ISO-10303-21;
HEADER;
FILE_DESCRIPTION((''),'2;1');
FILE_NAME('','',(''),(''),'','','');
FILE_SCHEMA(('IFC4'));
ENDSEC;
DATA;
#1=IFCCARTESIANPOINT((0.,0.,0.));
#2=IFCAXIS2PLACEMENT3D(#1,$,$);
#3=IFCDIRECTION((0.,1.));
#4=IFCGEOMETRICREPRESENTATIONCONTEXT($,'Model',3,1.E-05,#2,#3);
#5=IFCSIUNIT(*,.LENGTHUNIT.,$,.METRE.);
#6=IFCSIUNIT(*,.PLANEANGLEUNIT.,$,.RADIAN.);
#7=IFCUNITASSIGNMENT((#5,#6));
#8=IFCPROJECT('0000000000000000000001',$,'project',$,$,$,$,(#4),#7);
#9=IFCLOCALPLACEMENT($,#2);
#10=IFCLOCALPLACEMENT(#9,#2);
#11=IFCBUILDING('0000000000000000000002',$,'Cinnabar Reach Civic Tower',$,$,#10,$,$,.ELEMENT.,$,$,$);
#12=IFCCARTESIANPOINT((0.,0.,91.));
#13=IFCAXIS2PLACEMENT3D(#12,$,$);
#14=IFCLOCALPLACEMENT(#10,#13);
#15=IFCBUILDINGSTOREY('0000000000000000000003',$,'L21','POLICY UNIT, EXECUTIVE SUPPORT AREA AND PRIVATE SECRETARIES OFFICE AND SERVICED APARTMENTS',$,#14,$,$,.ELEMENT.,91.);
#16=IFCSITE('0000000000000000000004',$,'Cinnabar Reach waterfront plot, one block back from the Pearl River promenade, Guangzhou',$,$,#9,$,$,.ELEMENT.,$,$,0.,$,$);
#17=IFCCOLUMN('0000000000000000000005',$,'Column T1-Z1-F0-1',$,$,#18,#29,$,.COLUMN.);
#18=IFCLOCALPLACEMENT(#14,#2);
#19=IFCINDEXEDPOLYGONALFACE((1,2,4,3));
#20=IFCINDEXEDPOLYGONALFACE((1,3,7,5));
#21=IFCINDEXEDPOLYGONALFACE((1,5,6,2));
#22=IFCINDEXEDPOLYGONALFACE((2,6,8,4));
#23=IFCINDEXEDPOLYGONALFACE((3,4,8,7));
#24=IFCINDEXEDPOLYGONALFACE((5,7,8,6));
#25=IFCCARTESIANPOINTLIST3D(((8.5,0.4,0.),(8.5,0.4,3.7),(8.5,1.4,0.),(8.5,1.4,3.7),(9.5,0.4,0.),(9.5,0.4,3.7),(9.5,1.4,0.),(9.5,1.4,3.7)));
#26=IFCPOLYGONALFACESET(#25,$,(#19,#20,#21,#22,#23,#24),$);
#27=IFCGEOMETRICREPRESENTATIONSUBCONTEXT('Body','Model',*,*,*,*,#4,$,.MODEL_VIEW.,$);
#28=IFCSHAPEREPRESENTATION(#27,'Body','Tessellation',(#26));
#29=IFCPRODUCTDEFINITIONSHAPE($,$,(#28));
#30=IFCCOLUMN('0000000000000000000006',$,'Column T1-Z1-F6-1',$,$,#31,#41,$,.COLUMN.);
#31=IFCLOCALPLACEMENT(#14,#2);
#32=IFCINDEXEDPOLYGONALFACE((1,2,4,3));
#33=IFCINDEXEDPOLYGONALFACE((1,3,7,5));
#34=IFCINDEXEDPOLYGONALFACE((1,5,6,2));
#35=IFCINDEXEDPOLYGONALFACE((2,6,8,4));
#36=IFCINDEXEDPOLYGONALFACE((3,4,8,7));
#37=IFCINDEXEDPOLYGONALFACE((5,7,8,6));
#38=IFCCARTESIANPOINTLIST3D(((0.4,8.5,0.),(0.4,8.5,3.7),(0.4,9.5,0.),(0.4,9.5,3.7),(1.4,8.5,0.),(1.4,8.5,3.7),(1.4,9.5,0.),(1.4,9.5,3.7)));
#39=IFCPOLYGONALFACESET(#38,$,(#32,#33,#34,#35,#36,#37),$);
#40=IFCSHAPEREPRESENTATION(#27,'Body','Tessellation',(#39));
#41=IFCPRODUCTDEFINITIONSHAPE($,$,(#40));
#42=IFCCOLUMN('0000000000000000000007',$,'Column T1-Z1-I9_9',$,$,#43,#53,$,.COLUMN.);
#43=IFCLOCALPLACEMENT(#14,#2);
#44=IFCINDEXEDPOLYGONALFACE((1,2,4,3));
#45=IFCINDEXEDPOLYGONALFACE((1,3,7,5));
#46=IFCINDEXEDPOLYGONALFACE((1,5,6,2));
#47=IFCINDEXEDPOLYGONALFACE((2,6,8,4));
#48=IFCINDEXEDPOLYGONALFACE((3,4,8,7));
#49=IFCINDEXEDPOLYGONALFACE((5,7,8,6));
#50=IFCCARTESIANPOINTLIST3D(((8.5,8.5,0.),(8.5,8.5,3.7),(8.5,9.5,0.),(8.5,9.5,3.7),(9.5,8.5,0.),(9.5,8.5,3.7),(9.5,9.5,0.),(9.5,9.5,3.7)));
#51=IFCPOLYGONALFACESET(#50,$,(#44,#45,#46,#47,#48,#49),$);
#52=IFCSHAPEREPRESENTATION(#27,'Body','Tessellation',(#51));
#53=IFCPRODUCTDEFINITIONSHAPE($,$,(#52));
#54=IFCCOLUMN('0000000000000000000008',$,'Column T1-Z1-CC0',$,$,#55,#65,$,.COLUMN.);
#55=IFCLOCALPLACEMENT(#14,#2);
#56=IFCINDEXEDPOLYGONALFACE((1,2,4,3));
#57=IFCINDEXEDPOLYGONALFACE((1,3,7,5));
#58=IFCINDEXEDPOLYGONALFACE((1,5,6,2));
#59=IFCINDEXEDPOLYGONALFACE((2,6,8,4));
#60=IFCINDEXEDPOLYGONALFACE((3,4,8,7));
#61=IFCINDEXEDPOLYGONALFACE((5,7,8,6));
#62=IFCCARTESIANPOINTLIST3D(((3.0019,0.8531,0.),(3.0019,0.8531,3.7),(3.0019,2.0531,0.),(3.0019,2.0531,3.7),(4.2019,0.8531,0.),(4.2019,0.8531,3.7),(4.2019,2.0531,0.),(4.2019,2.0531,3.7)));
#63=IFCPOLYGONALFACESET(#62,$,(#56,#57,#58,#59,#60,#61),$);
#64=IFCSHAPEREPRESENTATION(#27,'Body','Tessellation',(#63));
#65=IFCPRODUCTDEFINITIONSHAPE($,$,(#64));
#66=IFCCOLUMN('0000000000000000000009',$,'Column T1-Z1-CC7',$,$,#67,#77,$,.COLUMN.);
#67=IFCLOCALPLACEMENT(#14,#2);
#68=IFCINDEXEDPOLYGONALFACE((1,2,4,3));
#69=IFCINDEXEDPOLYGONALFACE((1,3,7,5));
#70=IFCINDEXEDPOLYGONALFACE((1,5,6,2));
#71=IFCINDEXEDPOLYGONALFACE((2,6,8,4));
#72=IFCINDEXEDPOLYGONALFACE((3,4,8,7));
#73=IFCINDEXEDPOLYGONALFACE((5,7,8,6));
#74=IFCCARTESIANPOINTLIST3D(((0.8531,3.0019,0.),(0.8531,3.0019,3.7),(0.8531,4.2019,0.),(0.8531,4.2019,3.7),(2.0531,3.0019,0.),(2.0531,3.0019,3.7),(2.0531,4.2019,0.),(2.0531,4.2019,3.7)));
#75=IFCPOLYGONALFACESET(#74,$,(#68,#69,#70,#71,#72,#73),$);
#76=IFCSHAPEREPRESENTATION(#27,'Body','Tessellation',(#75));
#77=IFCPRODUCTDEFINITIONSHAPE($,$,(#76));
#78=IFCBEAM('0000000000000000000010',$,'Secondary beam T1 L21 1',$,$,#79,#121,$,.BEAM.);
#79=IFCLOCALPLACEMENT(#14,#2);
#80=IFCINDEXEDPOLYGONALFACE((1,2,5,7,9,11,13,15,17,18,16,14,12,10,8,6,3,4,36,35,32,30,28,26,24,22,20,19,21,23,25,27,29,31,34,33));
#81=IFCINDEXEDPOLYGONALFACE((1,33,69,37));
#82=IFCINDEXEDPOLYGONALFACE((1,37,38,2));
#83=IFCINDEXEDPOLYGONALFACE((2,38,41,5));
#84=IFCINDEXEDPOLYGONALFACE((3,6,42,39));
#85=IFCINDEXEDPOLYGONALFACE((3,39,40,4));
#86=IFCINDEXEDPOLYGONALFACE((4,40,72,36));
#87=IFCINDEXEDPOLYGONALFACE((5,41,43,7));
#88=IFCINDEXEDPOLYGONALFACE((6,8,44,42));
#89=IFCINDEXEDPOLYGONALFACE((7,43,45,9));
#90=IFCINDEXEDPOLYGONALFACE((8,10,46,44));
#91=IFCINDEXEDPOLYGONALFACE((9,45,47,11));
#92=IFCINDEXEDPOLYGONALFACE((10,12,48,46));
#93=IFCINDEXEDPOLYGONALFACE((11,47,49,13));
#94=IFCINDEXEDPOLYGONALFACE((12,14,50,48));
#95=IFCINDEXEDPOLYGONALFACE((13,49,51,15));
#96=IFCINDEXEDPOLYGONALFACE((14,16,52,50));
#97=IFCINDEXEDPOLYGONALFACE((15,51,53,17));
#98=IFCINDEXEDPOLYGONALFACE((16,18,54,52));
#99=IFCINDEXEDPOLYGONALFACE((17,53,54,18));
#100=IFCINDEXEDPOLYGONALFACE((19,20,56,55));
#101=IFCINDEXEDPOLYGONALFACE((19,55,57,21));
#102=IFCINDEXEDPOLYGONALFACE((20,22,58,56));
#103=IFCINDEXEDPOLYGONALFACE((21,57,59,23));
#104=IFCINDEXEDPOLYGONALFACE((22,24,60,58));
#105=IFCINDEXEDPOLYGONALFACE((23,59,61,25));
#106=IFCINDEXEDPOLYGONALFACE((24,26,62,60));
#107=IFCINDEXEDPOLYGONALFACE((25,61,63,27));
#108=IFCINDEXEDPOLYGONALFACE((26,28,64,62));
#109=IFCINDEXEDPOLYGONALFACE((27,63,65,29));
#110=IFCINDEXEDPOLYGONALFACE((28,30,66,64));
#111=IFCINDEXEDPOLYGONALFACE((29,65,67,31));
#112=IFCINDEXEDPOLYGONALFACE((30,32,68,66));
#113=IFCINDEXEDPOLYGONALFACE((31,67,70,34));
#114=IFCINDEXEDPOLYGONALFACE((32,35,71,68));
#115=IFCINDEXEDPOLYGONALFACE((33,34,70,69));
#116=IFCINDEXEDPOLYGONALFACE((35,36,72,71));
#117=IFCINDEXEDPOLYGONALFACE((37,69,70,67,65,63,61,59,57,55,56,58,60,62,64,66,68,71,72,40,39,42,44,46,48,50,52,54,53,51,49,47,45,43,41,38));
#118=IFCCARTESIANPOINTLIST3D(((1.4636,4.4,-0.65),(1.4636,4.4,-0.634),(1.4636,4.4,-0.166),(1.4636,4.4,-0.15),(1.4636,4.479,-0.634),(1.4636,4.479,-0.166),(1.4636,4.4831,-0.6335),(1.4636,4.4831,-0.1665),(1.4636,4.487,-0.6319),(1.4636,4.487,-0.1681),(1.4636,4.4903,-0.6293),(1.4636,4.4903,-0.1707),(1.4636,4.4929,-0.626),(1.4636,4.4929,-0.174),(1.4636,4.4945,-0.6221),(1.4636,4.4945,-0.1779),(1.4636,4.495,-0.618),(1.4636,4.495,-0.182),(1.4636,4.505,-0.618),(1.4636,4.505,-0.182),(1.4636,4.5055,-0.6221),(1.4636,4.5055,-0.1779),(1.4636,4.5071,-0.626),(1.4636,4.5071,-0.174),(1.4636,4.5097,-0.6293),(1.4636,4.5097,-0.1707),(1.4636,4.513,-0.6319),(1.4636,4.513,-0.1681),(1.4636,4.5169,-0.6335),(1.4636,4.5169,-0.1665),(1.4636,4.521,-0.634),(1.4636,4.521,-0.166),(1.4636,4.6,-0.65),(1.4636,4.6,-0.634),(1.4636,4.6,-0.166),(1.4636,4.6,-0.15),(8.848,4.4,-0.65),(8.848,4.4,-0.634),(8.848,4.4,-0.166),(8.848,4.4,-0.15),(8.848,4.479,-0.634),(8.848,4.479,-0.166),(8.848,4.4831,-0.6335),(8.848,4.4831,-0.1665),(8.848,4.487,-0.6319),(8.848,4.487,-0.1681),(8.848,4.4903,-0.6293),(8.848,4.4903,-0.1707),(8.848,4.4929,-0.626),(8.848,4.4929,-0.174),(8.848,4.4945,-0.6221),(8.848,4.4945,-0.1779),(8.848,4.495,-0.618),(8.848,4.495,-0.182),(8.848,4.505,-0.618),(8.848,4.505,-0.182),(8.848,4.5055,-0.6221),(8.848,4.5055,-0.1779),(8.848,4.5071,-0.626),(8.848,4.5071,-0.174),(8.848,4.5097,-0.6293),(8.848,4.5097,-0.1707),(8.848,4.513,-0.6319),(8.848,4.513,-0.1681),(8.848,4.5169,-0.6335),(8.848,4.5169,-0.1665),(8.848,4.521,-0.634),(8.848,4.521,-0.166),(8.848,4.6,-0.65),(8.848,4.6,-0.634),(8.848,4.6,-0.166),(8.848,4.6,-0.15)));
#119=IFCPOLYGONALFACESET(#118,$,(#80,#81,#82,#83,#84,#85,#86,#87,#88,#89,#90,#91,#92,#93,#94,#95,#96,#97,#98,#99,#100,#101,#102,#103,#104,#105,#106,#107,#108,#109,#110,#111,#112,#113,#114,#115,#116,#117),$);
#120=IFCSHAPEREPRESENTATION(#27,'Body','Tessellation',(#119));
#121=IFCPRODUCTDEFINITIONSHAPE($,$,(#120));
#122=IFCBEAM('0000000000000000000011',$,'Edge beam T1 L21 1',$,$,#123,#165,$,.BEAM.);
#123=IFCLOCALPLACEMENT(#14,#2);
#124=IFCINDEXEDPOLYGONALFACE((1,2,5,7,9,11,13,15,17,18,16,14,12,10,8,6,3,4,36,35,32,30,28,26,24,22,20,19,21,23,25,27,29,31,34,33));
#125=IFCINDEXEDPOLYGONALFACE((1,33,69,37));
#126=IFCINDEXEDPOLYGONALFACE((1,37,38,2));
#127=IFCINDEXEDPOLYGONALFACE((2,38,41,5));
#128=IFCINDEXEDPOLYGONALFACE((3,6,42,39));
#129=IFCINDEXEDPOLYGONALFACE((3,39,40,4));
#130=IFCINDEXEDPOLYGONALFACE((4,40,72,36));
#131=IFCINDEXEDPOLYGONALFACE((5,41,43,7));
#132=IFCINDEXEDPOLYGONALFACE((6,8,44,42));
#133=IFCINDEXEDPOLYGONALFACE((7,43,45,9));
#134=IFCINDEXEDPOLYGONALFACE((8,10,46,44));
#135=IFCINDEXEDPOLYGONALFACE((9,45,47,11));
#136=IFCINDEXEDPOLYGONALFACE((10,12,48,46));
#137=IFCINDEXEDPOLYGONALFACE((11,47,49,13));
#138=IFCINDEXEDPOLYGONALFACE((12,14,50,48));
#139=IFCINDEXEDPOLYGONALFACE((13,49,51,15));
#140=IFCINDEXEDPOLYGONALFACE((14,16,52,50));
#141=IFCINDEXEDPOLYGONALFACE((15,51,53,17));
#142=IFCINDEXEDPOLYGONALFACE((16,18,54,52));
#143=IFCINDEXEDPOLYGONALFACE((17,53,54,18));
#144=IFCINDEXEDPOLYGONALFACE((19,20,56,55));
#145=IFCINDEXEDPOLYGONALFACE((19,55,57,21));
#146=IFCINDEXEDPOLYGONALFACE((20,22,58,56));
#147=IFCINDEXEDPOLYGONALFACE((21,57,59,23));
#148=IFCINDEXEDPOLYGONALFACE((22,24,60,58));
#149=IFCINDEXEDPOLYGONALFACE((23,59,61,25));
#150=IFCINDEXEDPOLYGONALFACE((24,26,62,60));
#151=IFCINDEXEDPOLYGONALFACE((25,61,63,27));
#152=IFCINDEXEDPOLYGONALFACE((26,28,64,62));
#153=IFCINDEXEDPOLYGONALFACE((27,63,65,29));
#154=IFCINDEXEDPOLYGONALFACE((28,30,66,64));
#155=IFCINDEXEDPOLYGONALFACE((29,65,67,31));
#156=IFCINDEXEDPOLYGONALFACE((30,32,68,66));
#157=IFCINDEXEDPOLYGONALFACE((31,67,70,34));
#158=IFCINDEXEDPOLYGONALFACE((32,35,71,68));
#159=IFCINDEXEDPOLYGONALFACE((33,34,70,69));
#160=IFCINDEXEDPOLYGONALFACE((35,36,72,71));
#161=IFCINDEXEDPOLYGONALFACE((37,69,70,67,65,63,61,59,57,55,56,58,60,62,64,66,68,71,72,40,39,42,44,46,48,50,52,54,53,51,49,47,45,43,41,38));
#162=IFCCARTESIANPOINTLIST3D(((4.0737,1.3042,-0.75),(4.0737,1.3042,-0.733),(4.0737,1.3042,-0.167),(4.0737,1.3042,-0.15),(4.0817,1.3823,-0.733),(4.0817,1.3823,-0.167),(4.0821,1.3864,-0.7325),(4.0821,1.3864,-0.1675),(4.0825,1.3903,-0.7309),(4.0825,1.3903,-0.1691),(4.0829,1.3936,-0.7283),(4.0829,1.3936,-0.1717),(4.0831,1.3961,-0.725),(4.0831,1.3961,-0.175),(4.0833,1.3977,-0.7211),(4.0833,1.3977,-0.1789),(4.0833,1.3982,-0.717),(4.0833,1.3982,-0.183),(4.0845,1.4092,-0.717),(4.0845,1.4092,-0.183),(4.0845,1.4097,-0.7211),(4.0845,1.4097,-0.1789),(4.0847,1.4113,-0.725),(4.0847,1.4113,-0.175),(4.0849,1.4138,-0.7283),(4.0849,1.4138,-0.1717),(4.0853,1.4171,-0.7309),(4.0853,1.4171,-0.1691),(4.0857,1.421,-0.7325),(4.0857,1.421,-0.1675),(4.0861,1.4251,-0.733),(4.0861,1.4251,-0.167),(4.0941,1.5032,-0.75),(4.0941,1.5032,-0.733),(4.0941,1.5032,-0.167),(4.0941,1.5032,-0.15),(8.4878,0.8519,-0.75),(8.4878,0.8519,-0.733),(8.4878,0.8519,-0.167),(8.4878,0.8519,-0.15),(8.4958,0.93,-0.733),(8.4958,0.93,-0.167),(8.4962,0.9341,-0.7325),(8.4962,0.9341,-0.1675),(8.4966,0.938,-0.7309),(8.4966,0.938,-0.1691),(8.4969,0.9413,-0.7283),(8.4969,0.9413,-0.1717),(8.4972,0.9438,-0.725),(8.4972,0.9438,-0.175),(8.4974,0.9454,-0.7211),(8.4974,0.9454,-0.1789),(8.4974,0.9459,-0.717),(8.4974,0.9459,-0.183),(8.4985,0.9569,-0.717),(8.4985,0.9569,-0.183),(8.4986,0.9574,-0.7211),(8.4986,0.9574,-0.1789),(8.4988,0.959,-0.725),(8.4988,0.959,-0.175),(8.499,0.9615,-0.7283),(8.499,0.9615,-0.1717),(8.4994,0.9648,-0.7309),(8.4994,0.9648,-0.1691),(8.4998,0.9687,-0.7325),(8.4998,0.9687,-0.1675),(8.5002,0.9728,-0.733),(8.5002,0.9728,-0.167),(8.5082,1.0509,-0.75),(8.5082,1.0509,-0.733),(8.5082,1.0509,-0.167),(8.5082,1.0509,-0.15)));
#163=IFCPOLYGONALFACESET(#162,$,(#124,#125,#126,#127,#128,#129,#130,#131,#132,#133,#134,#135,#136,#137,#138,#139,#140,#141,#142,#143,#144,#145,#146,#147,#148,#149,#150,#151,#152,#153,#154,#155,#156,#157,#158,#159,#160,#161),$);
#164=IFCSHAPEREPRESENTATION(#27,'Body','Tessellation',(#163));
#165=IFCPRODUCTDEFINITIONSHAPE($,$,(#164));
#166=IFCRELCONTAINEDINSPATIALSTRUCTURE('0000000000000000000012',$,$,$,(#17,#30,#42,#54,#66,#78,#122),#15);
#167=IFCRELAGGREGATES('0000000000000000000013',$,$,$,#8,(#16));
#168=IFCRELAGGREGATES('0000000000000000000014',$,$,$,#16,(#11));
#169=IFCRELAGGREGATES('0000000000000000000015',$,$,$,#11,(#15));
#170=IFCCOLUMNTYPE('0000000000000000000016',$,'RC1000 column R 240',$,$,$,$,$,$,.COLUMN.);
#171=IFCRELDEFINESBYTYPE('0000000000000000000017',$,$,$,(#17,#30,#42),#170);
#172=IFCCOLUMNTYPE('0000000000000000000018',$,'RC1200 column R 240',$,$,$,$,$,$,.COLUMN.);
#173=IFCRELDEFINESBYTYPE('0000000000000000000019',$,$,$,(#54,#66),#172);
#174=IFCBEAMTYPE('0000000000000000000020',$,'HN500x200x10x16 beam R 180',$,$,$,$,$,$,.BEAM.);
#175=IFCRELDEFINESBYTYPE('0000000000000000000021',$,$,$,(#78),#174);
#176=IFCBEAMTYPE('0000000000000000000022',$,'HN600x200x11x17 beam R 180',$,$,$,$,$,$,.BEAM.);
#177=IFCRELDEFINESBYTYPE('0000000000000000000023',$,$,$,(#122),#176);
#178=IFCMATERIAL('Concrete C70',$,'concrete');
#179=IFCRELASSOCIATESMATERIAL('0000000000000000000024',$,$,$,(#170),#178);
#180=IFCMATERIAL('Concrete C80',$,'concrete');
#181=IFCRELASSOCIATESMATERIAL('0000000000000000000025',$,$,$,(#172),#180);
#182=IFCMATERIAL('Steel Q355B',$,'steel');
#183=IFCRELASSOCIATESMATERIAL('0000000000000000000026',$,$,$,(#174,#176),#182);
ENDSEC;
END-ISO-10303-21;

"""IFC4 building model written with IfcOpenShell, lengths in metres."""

from ifc_helpers import new_model, si_unit, direction, frame, origin, origin_2d, place, context, subcontext, project, spatial, rectangle, i_section, extrude, material, material_profile, profile_set, type_object, element, save


model = new_model("IFC4")

# Units and contexts
model_context = context("Model", 3, precision=1e-05, world=origin(), true_north=direction((0.0, 1.0)))
body_context = subcontext(model_context, "Body", "Model", "MODEL_VIEW")
ifc_project = project(units=[si_unit("LENGTHUNIT", "METRE"), si_unit("PLANEANGLEUNIT", "RADIAN")], contexts=[model_context])

# Site, building, storey
site_placement = place(None, origin())
site = spatial("IfcSite", under=ifc_project, at=site_placement, Name="Cinnabar Reach waterfront plot, one block back from the Pearl River promenade, Guangzhou", CompositionType="ELEMENT", RefElevation=0.0)
building_placement = place(site_placement, origin())
building = spatial("IfcBuilding", under=site, at=building_placement, Name="Cinnabar Reach Civic Tower", CompositionType="ELEMENT")
storey_placement = place(building_placement, frame((0.0, 0.0, 91.0)))
storey = spatial("IfcBuildingStorey", under=building, at=storey_placement, Name="L21", Description="POLICY UNIT, EXECUTIVE SUPPORT AREA AND PRIVATE SECRETARIES OFFICE AND SERVICED APARTMENTS", CompositionType="ELEMENT", Elevation=91.0)

# Columns
ifc_material_1 = material(Name="Concrete C70", Category="concrete")
ifc_material_profile_1 = material_profile(ifc_material_1, rectangle(XDim=1.0, YDim=1.0, at=origin_2d()), Name="RC1000")
ifc_profile_set_1 = profile_set([ifc_material_profile_1], Name="Concrete C70")
column_type_1 = type_object("IfcColumnType", Name="RC1000 column R 240", PredefinedType="COLUMN", material=ifc_profile_set_1)
for number, where, z_axis, x_axis, name in (
    (1, (9.0, 0.9, 0.0), (0.0, 0.0, 1.0), (1.0, 0.0, 0.0), "Column T1-Z1-F0-1"),
    (2, (0.9, 9.0, 0.0), (0.0, 0.0, 1.0), (1.0, 0.0, 0.0), "Column T1-Z1-F6-1"),
    (3, (9.0, 9.0, 0.0), (0.0, 0.0, 1.0), (1.0, 0.0, 0.0), "Column T1-Z1-I9_9"),
):
    element("IfcColumn", number, at=place(storey_placement, frame(where, z_axis=z_axis, x_axis=x_axis)), inside=storey, type_object=column_type_1, Name=name, PredefinedType="COLUMN", context=body_context, shape_type="SweptSolid", body=[
        extrude(rectangle(XDim=1.0, YDim=1.0, at=origin_2d()), origin(), (0.0, 0.0, 1.0), 3.7),
    ])
ifc_material_2 = material(Name="Concrete C80", Category="concrete")
ifc_material_profile_2 = material_profile(ifc_material_2, rectangle(XDim=1.2, YDim=1.2, at=origin_2d()), Name="RC1200")
ifc_profile_set_2 = profile_set([ifc_material_profile_2], Name="Concrete C80")
column_type_2 = type_object("IfcColumnType", Name="RC1200 column R 240", PredefinedType="COLUMN", material=ifc_profile_set_2)
for number, where, z_axis, x_axis, name in (
    (4, (3.6019, 1.4531, 0.0), (0.0, 0.0, 1.0), (1.0, 0.0, 0.0), "Column T1-Z1-CC0"),
    (5, (1.4531, 3.6019, 0.0), (0.0, 0.0, 1.0), (1.0, 0.0, 0.0), "Column T1-Z1-CC7"),
):
    element("IfcColumn", number, at=place(storey_placement, frame(where, z_axis=z_axis, x_axis=x_axis)), inside=storey, type_object=column_type_2, Name=name, PredefinedType="COLUMN", context=body_context, shape_type="SweptSolid", body=[
        extrude(rectangle(XDim=1.2, YDim=1.2, at=origin_2d()), origin(), (0.0, 0.0, 1.0), 3.7),
    ])

# Beams
ifc_material_3 = material(Name="Steel Q355B", Category="steel")
ifc_material_profile_3 = material_profile(ifc_material_3, i_section(OverallWidth=0.2, OverallDepth=0.5, WebThickness=0.01, FlangeThickness=0.016, FilletRadius=0.016, at=origin_2d()), Name="HN500x200x10x16")
ifc_profile_set_3 = profile_set([ifc_material_profile_3], Name="Steel Q355B")
beam_type_1 = type_object("IfcBeamType", Name="HN500x200x10x16 beam R 180", PredefinedType="BEAM", material=ifc_profile_set_3)
beam_1_placement = place(storey_placement, frame((1.4636, 4.5, -0.4), z_axis=(1.0, 0.0, 0.0), x_axis=(0.0, 1.0, 0.0)))
element("IfcBeam", 6, at=beam_1_placement, inside=storey, type_object=beam_type_1, Name="Secondary beam T1 L21 1", PredefinedType="BEAM", context=body_context, shape_type="SweptSolid", body=[
    extrude(i_section(OverallWidth=0.2, OverallDepth=0.5, WebThickness=0.01, FlangeThickness=0.016, FilletRadius=0.016, at=origin_2d()), origin(), (0.0, 0.0, 1.0), 7.3844),
])
ifc_material_profile_4 = material_profile(ifc_material_3, i_section(OverallWidth=0.2, OverallDepth=0.6, WebThickness=0.011, FlangeThickness=0.017, FilletRadius=0.016, at=origin_2d()), Name="HN600x200x11x17")
ifc_profile_set_4 = profile_set([ifc_material_profile_4], Name="Steel Q355B")
beam_type_2 = type_object("IfcBeamType", Name="HN600x200x11x17 beam R 180", PredefinedType="BEAM", material=ifc_profile_set_4)
for number, where, z_axis, x_axis, name in (
    (7, (4.0839, 1.4037, -0.45), (0.994791, -0.101933, 0.0), (0.101933, 0.994791, 0.0), "Edge beam T1 L21 1"),
):
    element("IfcBeam", number, at=place(storey_placement, frame(where, z_axis=z_axis, x_axis=x_axis)), inside=storey, type_object=beam_type_2, Name=name, PredefinedType="BEAM", context=body_context, shape_type="SweptSolid", body=[
        extrude(i_section(OverallWidth=0.2, OverallDepth=0.6, WebThickness=0.011, FlangeThickness=0.017, FilletRadius=0.016, at=origin_2d()), origin(), (0.0, 0.0, 1.0), 4.4372),
    ])

save(model, "model.ifc")
